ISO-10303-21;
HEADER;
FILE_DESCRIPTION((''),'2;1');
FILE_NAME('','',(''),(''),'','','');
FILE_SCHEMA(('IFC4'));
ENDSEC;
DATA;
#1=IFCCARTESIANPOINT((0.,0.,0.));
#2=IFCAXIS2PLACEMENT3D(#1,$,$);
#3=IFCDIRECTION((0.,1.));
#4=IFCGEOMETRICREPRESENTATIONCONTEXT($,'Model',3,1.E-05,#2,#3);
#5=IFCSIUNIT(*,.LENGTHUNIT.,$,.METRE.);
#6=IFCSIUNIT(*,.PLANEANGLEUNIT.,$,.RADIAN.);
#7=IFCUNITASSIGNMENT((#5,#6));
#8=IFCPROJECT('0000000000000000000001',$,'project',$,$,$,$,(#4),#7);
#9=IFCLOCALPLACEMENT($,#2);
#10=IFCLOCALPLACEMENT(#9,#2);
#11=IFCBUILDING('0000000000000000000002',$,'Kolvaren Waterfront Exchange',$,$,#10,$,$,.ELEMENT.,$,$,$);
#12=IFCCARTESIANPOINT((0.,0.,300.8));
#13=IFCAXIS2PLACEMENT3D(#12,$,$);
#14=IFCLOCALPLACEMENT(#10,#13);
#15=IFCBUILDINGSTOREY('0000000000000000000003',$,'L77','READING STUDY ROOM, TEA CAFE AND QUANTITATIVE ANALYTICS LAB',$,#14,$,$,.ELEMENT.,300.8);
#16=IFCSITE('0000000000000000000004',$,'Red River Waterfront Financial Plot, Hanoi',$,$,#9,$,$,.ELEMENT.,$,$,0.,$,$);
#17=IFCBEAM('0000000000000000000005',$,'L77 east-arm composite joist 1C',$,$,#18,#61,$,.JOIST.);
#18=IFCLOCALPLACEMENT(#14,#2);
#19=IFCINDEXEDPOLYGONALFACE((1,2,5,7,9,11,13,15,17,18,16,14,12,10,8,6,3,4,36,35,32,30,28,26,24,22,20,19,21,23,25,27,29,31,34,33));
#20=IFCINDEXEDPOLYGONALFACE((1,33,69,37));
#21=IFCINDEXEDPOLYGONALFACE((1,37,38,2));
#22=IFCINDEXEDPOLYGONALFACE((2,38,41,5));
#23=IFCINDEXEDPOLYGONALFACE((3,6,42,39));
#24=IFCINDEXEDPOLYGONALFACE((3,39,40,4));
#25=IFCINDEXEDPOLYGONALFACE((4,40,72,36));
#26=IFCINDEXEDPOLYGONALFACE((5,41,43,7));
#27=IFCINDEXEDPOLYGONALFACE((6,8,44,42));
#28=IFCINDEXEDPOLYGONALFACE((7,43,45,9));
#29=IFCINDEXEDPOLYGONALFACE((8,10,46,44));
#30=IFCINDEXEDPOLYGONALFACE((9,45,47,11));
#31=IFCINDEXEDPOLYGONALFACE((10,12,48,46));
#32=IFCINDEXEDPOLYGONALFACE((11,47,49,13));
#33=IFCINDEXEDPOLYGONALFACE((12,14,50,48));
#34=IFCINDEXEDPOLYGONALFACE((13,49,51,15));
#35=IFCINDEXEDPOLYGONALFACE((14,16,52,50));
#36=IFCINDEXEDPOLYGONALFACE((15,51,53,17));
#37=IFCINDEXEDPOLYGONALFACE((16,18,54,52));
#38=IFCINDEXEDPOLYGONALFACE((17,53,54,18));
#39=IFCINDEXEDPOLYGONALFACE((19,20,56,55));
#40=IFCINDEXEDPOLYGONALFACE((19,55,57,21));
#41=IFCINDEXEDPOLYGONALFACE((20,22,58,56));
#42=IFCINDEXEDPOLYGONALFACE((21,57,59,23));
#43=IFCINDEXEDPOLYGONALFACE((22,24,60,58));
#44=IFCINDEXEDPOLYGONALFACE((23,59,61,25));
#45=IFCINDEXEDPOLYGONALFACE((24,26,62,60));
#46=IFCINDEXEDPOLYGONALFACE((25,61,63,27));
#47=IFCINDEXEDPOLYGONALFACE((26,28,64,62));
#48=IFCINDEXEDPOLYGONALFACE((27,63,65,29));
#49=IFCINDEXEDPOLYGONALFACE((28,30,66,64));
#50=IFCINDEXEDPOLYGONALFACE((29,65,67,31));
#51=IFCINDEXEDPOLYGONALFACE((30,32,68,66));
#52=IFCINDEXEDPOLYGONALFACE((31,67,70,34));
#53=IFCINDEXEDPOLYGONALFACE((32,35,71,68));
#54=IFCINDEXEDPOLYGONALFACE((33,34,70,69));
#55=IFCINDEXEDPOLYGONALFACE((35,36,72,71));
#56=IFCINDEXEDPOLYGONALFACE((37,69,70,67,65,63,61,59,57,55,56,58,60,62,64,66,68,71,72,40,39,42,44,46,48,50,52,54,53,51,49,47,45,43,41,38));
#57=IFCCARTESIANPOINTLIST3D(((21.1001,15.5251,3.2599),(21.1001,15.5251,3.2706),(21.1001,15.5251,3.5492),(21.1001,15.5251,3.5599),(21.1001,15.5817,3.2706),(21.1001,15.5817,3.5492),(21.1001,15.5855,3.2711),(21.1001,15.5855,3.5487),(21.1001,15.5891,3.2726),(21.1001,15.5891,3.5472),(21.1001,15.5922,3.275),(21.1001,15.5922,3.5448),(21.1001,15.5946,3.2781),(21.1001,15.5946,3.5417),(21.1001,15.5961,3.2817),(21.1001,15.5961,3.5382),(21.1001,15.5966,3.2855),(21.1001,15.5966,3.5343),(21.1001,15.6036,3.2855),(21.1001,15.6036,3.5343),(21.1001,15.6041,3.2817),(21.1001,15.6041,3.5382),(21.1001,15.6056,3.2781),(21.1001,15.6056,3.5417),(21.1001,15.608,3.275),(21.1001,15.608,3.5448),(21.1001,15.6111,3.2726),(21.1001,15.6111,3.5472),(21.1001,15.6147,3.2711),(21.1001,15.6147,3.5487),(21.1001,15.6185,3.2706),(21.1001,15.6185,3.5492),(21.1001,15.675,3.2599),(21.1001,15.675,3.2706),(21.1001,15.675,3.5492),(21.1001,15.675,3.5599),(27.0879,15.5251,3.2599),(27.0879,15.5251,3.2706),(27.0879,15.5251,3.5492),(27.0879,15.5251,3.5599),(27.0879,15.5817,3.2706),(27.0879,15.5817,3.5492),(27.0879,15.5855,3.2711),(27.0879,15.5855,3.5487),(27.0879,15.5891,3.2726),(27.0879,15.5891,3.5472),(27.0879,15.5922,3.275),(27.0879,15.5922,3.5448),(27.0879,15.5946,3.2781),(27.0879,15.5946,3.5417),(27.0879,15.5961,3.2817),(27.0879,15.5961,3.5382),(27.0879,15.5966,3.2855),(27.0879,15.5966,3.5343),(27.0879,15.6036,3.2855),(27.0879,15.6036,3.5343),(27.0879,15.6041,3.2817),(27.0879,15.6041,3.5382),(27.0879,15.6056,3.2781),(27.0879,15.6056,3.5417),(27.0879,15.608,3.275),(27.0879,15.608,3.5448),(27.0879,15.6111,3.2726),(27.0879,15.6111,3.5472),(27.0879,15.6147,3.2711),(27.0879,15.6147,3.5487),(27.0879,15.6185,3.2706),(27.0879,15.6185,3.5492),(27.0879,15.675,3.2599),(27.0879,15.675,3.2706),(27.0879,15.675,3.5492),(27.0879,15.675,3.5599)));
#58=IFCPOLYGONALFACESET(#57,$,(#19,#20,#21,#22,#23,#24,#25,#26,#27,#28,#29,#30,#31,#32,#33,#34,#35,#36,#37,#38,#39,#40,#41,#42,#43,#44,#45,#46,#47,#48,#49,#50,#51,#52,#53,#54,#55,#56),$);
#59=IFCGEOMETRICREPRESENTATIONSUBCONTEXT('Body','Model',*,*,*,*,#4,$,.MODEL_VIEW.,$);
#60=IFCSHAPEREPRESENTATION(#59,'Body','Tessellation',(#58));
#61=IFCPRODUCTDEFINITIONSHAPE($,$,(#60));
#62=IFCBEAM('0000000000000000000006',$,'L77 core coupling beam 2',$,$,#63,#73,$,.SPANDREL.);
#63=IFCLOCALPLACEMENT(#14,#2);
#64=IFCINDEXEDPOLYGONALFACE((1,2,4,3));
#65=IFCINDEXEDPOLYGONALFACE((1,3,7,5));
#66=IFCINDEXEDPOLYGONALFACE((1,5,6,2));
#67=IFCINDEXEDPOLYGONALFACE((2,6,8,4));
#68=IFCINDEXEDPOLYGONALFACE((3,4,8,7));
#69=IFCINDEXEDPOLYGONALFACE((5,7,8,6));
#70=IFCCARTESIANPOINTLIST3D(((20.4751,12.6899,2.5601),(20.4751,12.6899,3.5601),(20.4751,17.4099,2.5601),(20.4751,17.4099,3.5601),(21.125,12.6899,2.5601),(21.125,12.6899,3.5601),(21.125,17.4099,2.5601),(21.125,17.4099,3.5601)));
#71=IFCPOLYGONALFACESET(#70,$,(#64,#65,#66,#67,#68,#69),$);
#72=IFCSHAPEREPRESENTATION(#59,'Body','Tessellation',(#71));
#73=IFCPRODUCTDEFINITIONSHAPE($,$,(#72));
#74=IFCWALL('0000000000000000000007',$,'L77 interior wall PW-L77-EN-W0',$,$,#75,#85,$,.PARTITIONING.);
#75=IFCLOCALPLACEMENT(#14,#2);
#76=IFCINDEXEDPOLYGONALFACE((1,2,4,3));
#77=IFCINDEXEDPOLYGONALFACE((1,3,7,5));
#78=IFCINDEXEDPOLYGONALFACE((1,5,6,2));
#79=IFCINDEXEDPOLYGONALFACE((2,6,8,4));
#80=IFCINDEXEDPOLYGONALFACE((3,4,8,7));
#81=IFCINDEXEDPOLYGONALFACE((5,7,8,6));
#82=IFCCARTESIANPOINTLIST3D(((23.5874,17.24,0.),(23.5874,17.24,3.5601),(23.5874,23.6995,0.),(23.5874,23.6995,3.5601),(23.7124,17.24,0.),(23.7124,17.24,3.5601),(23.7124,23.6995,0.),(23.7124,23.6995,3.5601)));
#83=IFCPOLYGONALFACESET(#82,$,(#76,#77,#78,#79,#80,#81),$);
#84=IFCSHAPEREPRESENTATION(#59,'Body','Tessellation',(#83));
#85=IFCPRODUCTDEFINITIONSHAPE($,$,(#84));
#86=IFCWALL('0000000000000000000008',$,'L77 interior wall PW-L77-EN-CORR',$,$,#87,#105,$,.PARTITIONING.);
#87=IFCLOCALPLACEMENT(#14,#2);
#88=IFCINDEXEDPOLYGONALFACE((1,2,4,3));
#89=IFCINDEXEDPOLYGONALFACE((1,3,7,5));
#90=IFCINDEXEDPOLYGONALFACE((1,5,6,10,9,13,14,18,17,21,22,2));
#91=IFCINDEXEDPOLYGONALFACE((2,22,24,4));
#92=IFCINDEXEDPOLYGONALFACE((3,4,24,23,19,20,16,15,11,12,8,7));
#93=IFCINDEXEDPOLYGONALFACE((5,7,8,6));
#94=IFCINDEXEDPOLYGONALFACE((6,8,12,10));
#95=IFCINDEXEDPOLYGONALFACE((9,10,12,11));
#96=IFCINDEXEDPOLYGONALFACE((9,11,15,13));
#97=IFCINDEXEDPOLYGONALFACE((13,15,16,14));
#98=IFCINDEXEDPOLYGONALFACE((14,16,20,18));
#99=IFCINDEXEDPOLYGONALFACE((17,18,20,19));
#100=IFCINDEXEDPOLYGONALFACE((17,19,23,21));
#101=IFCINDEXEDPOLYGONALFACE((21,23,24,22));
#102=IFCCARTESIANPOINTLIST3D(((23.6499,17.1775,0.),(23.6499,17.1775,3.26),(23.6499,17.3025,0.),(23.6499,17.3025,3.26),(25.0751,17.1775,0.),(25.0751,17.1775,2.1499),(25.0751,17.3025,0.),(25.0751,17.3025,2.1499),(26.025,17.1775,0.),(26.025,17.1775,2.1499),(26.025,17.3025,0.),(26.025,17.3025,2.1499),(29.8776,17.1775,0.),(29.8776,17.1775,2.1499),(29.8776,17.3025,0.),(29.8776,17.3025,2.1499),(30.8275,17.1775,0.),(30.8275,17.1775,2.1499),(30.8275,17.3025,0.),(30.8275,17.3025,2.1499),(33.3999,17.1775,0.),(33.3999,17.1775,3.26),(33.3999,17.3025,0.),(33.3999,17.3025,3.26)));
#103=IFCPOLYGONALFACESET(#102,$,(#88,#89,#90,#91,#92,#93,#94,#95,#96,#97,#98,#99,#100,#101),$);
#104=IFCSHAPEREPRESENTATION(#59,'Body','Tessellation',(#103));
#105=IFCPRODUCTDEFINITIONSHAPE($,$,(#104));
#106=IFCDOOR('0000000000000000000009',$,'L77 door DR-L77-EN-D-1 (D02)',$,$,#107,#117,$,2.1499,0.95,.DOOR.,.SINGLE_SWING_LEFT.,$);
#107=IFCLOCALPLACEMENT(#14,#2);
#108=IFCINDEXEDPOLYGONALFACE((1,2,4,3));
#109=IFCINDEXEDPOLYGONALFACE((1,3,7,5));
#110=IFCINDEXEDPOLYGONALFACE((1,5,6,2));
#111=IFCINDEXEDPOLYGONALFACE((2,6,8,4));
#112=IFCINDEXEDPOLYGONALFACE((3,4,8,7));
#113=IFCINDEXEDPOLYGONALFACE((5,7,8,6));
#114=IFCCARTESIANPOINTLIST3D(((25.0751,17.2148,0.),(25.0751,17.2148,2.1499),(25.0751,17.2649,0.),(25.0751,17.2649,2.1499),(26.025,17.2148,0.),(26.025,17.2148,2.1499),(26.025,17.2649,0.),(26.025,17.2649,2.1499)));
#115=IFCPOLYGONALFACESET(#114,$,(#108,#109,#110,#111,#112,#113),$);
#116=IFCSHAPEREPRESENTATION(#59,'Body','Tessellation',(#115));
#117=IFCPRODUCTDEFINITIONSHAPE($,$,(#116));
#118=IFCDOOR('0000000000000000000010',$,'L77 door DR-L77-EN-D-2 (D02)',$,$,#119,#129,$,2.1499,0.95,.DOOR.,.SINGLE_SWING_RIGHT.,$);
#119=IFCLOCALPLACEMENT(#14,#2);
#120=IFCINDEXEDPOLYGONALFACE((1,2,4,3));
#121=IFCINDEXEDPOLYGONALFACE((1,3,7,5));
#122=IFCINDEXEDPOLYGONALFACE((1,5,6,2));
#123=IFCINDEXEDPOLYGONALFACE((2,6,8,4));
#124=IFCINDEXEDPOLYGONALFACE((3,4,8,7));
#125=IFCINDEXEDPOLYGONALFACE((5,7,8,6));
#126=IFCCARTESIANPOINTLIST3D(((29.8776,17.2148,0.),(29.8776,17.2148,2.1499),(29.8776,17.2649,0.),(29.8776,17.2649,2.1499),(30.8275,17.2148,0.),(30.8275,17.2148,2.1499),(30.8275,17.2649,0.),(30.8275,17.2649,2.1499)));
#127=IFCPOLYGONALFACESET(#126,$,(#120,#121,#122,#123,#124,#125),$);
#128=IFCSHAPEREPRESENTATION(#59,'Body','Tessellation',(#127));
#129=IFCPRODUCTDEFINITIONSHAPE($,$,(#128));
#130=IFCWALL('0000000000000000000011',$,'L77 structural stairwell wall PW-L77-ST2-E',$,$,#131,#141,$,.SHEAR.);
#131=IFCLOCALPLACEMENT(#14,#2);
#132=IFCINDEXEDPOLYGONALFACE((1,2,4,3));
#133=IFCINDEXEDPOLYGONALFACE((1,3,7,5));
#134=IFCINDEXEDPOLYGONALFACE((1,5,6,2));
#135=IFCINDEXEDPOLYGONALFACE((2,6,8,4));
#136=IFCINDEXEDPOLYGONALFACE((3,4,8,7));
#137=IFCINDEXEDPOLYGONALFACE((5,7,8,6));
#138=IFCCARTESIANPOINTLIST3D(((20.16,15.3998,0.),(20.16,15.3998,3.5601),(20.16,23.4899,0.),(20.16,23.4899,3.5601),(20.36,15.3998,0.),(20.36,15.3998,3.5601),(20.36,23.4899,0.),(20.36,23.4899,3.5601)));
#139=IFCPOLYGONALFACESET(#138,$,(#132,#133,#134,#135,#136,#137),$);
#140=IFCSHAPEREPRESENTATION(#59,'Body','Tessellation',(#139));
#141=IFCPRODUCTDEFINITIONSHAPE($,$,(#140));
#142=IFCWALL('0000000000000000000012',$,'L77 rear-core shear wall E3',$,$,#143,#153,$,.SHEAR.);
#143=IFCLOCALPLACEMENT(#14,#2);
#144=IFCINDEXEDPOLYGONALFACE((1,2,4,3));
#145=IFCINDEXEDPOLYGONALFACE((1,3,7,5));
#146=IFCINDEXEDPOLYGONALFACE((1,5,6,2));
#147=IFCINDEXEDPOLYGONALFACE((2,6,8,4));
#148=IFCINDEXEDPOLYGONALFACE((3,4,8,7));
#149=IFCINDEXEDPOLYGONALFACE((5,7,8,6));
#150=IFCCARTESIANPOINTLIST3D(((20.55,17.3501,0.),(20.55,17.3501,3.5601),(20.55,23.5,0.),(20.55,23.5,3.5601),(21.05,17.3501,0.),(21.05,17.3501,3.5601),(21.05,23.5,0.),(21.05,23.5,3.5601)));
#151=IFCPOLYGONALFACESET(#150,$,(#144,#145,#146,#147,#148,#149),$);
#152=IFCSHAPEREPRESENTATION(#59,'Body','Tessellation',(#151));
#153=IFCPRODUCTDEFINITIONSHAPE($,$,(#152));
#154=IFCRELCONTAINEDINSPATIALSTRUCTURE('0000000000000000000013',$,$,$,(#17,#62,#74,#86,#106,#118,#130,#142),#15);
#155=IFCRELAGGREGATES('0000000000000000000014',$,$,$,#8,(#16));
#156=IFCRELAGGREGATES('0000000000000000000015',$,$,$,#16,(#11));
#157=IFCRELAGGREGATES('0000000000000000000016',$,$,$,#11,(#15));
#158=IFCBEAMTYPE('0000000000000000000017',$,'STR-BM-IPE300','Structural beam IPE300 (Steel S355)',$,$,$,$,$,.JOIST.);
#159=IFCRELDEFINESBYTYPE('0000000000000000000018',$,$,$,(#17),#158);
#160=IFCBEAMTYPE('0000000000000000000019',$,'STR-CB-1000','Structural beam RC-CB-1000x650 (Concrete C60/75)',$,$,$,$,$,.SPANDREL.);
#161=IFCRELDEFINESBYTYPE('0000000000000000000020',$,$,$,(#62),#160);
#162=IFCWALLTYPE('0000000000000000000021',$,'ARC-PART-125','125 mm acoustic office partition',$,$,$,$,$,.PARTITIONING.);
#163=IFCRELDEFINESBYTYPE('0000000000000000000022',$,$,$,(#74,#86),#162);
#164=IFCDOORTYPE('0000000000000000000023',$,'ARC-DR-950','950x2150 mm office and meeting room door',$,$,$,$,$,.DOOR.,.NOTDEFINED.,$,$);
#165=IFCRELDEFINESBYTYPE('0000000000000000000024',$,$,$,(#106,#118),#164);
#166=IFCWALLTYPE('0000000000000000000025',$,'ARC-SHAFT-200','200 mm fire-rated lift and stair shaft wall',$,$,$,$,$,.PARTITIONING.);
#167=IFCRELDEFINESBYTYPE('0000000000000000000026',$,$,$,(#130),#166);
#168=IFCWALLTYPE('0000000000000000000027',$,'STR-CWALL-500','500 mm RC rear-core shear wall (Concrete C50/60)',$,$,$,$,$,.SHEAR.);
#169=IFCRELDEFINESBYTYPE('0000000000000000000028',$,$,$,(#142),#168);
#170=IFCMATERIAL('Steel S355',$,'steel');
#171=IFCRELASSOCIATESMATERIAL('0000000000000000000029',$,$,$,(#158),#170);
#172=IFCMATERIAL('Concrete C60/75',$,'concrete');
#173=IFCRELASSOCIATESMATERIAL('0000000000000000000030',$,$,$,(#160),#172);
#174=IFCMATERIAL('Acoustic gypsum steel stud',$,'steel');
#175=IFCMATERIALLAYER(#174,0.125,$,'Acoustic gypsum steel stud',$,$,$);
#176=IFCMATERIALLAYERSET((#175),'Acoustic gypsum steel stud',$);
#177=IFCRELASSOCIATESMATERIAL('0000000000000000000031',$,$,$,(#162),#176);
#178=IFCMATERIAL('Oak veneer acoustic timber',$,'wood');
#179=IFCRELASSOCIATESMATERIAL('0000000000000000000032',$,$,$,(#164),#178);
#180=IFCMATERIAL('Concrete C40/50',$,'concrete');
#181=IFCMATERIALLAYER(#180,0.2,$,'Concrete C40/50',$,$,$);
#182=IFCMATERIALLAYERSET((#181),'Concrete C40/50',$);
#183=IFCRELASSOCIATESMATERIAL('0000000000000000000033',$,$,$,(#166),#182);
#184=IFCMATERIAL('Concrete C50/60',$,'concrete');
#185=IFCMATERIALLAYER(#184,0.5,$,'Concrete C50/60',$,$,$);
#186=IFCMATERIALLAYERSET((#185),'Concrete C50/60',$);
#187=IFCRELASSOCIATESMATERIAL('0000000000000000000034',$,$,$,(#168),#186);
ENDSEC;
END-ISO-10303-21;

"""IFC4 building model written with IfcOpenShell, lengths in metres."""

from ifc_helpers import new_model, si_unit, direction, frame, frame_2d, origin, origin_2d, place, context, subcontext, project, spatial, rectangle, i_section, extrude, material, layer, layer_set, material_profile, profile_set, type_object, element, fill, save


model = new_model("IFC4")

# Units and contexts
model_context = context("Model", 3, precision=1e-05, world=origin(), true_north=direction((0.0, 1.0)))
body_context = subcontext(model_context, "Body", "Model", "MODEL_VIEW")
ifc_project = project(units=[si_unit("LENGTHUNIT", "METRE"), si_unit("PLANEANGLEUNIT", "RADIAN")], contexts=[model_context])

# Site, building, storey
site_placement = place(None, origin())
site = spatial("IfcSite", under=ifc_project, at=site_placement, Name="Red River Waterfront Financial Plot, Hanoi", CompositionType="ELEMENT", RefElevation=0.0)
building_placement = place(site_placement, origin())
building = spatial("IfcBuilding", under=site, at=building_placement, Name="Kolvaren Waterfront Exchange", CompositionType="ELEMENT")
storey_placement = place(building_placement, frame((0.0, 0.0, 300.8)))
storey = spatial("IfcBuildingStorey", under=building, at=storey_placement, Name="L77", Description="READING STUDY ROOM, TEA CAFE AND QUANTITATIVE ANALYTICS LAB", CompositionType="ELEMENT", Elevation=300.8)

# Shared definitions
ifc_material_1 = material(Name="Concrete C50/60", Category="concrete")

# Beams
ifc_material_2 = material(Name="Steel S355", Category="steel")
ifc_material_profile_1 = material_profile(ifc_material_2, i_section(OverallWidth=0.1499, OverallDepth=0.3, WebThickness=0.0071, FlangeThickness=0.0107, FilletRadius=0.0149, at=origin_2d()), Name="IPE300")
ifc_profile_set_1 = profile_set([ifc_material_profile_1], Name="Steel S355")
beam_type_1 = type_object("IfcBeamType", Name="STR-BM-IPE300", Description="Structural beam IPE300 (Steel S355)", PredefinedType="JOIST", material=ifc_profile_set_1)
for number, where, z_axis, x_axis, name in (
    (1, (21.1001, 15.6001, 3.4099), (1.0, 0.0, 0.0), (0.0, 1.0, 0.0), "L77 east-arm composite joist 1C"),
):
    element("IfcBeam", number, at=place(storey_placement, frame(where, z_axis=z_axis, x_axis=x_axis)), inside=storey, type_object=beam_type_1, Name=name, PredefinedType="JOIST", context=body_context, shape_type="SweptSolid", body=[
        extrude(i_section(OverallWidth=0.1499, OverallDepth=0.3, WebThickness=0.0071, FlangeThickness=0.0107, FilletRadius=0.0149, at=origin_2d()), origin(), (0.0, 0.0, 1.0), 5.9878),
    ])
ifc_material_3 = material(Name="Concrete C60/75", Category="concrete")
ifc_material_profile_2 = material_profile(ifc_material_3, rectangle(XDim=0.6499, YDim=1.0, at=origin_2d()), Name="RC-CB-1000x650")
ifc_profile_set_2 = profile_set([ifc_material_profile_2], Name="Concrete C60/75")
beam_type_2 = type_object("IfcBeamType", Name="STR-CB-1000", Description="Structural beam RC-CB-1000x650 (Concrete C60/75)", PredefinedType="SPANDREL", material=ifc_profile_set_2)
beam_1_placement = place(storey_placement, frame((20.8, 12.6899, 3.0601), z_axis=(0.0, 1.0, 0.0), x_axis=(-1.0, 0.0, 0.0)))
element("IfcBeam", 2, at=beam_1_placement, inside=storey, type_object=beam_type_2, Name="L77 core coupling beam 2", PredefinedType="SPANDREL", context=body_context, shape_type="SweptSolid", body=[
    extrude(rectangle(XDim=0.6499, YDim=1.0, at=origin_2d()), origin(), (0.0, 0.0, 1.0), 4.72),
])

# Shared definitions
ifc_material_4 = material(Name="Acoustic gypsum steel stud", Category="steel")
ifc_layer_1 = layer(ifc_material_4, 0.125, Name="Acoustic gypsum steel stud")
ifc_layer_set_1 = layer_set([ifc_layer_1], Name="Acoustic gypsum steel stud")
wall_type_1 = type_object("IfcWallType", Name="ARC-PART-125", Description="125 mm acoustic office partition", PredefinedType="PARTITIONING", material=ifc_layer_set_1)
ifc_material_5 = material(Name="Oak veneer acoustic timber", Category="wood")
door_type = type_object("IfcDoorType", Name="ARC-DR-950", Description="950x2150 mm office and meeting room door", OperationType="NOTDEFINED", PredefinedType="DOOR", material=ifc_material_5)

# Wall
wall_1_placement = place(storey_placement, frame((23.6499, 17.24, 0.0), z_axis=(0.0, 0.0, 1.0), x_axis=(0.0, 1.0, 0.0)))
element("IfcWall", 3, at=wall_1_placement, inside=storey, type_object=wall_type_1, Name="L77 interior wall PW-L77-EN-W0", PredefinedType="PARTITIONING", context=body_context, shape_type="SweptSolid", body=[
    extrude(rectangle(XDim=6.4595, YDim=0.125, at=frame_2d((3.2297, 0.0))), origin(), (0.0, 0.0, 1.0), 3.5601),
])

# Wall, openings, doors
wall_2_placement = place(storey_placement, frame((23.6499, 17.24, 0.0), z_axis=(0.0, 0.0, 1.0), x_axis=(1.0, 0.0, 0.0)))
wall_2 = element("IfcWall", 4, at=wall_2_placement, inside=storey, type_object=wall_type_1, Name="L77 interior wall PW-L77-EN-CORR", PredefinedType="PARTITIONING", context=body_context, shape_type="SweptSolid", body=[
    extrude(rectangle(XDim=9.75, YDim=0.125, at=frame_2d((4.875, 0.0))), origin(), (0.0, 0.0, 1.0), 3.26),
])
opening_1_placement = place(wall_2_placement, frame((1.425, 0.0, 0.0)))
opening_1 = element("IfcOpeningElement", 5, at=opening_1_placement, cuts=wall_2, PredefinedType="OPENING", context=body_context, shape_type="SweptSolid", body=[
    extrude(rectangle(XDim=0.95, YDim=2.1499, at=frame_2d((0.4751, 1.075))), frame((0.0, 0.0725, 0.0), z_axis=(0.0, -1.0, 0.0), x_axis=(1.0, 0.0, 0.0)), (0.0, 0.0, 1.0), 0.145),
])
opening_2_placement = place(wall_2_placement, frame((6.2275, 0.0, 0.0)))
opening_2 = element("IfcOpeningElement", 6, at=opening_2_placement, cuts=wall_2, PredefinedType="OPENING", context=body_context, shape_type="SweptSolid", body=[
    extrude(rectangle(XDim=0.95, YDim=2.1499, at=frame_2d((0.4751, 1.075))), frame((0.0, 0.0725, 0.0), z_axis=(0.0, -1.0, 0.0), x_axis=(1.0, 0.0, 0.0)), (0.0, 0.0, 1.0), 0.145),
])
door_1_placement = place(opening_1_placement, origin())
door_1 = element("IfcDoor", 7, at=door_1_placement, inside=storey, type_object=door_type, Name="L77 door DR-L77-EN-D-1 (D02)", OperationType="SINGLE_SWING_LEFT", OverallHeight=2.1499, OverallWidth=0.95, PredefinedType="DOOR", context=body_context, shape_type="SweptSolid", body=[
    extrude(rectangle(XDim=0.95, YDim=2.1499, at=frame_2d((0.4751, 1.075))), frame((0.0, 0.0249, 0.0), z_axis=(0.0, -1.0, 0.0), x_axis=(1.0, 0.0, 0.0)), (0.0, 0.0, 1.0), 0.05),
])
fill(opening_1, door_1)
door_2_placement = place(opening_2_placement, origin())
door_2 = element("IfcDoor", 8, at=door_2_placement, inside=storey, type_object=door_type, Name="L77 door DR-L77-EN-D-2 (D02)", OperationType="SINGLE_SWING_RIGHT", OverallHeight=2.1499, OverallWidth=0.95, PredefinedType="DOOR", context=body_context, shape_type="SweptSolid", body=[
    extrude(rectangle(XDim=0.95, YDim=2.1499, at=frame_2d((0.4751, 1.075))), frame((0.0, 0.0249, 0.0), z_axis=(0.0, -1.0, 0.0), x_axis=(1.0, 0.0, 0.0)), (0.0, 0.0, 1.0), 0.05),
])
fill(opening_2, door_2)

# Walls
ifc_material_6 = material(Name="Concrete C40/50", Category="concrete")
ifc_layer_2 = layer(ifc_material_6, 0.2, Name="Concrete C40/50")
ifc_layer_set_2 = layer_set([ifc_layer_2], Name="Concrete C40/50")
wall_type_2 = type_object("IfcWallType", Name="ARC-SHAFT-200", Description="200 mm fire-rated lift and stair shaft wall", PredefinedType="PARTITIONING", material=ifc_layer_set_2)
wall_3_placement = place(storey_placement, frame((20.26, 15.3999, 0.0), z_axis=(0.0, 0.0, 1.0), x_axis=(0.0, 1.0, 0.0)))
element("IfcWall", 9, at=wall_3_placement, inside=storey, type_object=wall_type_2, Name="L77 structural stairwell wall PW-L77-ST2-E", PredefinedType="SHEAR", context=body_context, shape_type="SweptSolid", body=[
    extrude(rectangle(XDim=8.0901, YDim=0.2, at=frame_2d((4.0449, 0.0))), origin(), (0.0, 0.0, 1.0), 3.5601),
])
ifc_layer_3 = layer(ifc_material_1, 0.5, Name="Concrete C50/60")
ifc_layer_set_3 = layer_set([ifc_layer_3], Name="Concrete C50/60")
wall_type_3 = type_object("IfcWallType", Name="STR-CWALL-500", Description="500 mm RC rear-core shear wall (Concrete C50/60)", PredefinedType="SHEAR", material=ifc_layer_set_3)
wall_4_placement = place(storey_placement, frame((20.8, 17.3501, 0.0), z_axis=(0.0, 0.0, 1.0), x_axis=(0.0, 1.0, 0.0)))
element("IfcWall", 10, at=wall_4_placement, inside=storey, type_object=wall_type_3, Name="L77 rear-core shear wall E3", PredefinedType="SHEAR", context=body_context, shape_type="SweptSolid", body=[
    extrude(rectangle(XDim=6.1499, YDim=0.5, at=frame_2d((3.075, 0.0))), origin(), (0.0, 0.0, 1.0), 3.5601),
])

save(model, "model.ifc")
